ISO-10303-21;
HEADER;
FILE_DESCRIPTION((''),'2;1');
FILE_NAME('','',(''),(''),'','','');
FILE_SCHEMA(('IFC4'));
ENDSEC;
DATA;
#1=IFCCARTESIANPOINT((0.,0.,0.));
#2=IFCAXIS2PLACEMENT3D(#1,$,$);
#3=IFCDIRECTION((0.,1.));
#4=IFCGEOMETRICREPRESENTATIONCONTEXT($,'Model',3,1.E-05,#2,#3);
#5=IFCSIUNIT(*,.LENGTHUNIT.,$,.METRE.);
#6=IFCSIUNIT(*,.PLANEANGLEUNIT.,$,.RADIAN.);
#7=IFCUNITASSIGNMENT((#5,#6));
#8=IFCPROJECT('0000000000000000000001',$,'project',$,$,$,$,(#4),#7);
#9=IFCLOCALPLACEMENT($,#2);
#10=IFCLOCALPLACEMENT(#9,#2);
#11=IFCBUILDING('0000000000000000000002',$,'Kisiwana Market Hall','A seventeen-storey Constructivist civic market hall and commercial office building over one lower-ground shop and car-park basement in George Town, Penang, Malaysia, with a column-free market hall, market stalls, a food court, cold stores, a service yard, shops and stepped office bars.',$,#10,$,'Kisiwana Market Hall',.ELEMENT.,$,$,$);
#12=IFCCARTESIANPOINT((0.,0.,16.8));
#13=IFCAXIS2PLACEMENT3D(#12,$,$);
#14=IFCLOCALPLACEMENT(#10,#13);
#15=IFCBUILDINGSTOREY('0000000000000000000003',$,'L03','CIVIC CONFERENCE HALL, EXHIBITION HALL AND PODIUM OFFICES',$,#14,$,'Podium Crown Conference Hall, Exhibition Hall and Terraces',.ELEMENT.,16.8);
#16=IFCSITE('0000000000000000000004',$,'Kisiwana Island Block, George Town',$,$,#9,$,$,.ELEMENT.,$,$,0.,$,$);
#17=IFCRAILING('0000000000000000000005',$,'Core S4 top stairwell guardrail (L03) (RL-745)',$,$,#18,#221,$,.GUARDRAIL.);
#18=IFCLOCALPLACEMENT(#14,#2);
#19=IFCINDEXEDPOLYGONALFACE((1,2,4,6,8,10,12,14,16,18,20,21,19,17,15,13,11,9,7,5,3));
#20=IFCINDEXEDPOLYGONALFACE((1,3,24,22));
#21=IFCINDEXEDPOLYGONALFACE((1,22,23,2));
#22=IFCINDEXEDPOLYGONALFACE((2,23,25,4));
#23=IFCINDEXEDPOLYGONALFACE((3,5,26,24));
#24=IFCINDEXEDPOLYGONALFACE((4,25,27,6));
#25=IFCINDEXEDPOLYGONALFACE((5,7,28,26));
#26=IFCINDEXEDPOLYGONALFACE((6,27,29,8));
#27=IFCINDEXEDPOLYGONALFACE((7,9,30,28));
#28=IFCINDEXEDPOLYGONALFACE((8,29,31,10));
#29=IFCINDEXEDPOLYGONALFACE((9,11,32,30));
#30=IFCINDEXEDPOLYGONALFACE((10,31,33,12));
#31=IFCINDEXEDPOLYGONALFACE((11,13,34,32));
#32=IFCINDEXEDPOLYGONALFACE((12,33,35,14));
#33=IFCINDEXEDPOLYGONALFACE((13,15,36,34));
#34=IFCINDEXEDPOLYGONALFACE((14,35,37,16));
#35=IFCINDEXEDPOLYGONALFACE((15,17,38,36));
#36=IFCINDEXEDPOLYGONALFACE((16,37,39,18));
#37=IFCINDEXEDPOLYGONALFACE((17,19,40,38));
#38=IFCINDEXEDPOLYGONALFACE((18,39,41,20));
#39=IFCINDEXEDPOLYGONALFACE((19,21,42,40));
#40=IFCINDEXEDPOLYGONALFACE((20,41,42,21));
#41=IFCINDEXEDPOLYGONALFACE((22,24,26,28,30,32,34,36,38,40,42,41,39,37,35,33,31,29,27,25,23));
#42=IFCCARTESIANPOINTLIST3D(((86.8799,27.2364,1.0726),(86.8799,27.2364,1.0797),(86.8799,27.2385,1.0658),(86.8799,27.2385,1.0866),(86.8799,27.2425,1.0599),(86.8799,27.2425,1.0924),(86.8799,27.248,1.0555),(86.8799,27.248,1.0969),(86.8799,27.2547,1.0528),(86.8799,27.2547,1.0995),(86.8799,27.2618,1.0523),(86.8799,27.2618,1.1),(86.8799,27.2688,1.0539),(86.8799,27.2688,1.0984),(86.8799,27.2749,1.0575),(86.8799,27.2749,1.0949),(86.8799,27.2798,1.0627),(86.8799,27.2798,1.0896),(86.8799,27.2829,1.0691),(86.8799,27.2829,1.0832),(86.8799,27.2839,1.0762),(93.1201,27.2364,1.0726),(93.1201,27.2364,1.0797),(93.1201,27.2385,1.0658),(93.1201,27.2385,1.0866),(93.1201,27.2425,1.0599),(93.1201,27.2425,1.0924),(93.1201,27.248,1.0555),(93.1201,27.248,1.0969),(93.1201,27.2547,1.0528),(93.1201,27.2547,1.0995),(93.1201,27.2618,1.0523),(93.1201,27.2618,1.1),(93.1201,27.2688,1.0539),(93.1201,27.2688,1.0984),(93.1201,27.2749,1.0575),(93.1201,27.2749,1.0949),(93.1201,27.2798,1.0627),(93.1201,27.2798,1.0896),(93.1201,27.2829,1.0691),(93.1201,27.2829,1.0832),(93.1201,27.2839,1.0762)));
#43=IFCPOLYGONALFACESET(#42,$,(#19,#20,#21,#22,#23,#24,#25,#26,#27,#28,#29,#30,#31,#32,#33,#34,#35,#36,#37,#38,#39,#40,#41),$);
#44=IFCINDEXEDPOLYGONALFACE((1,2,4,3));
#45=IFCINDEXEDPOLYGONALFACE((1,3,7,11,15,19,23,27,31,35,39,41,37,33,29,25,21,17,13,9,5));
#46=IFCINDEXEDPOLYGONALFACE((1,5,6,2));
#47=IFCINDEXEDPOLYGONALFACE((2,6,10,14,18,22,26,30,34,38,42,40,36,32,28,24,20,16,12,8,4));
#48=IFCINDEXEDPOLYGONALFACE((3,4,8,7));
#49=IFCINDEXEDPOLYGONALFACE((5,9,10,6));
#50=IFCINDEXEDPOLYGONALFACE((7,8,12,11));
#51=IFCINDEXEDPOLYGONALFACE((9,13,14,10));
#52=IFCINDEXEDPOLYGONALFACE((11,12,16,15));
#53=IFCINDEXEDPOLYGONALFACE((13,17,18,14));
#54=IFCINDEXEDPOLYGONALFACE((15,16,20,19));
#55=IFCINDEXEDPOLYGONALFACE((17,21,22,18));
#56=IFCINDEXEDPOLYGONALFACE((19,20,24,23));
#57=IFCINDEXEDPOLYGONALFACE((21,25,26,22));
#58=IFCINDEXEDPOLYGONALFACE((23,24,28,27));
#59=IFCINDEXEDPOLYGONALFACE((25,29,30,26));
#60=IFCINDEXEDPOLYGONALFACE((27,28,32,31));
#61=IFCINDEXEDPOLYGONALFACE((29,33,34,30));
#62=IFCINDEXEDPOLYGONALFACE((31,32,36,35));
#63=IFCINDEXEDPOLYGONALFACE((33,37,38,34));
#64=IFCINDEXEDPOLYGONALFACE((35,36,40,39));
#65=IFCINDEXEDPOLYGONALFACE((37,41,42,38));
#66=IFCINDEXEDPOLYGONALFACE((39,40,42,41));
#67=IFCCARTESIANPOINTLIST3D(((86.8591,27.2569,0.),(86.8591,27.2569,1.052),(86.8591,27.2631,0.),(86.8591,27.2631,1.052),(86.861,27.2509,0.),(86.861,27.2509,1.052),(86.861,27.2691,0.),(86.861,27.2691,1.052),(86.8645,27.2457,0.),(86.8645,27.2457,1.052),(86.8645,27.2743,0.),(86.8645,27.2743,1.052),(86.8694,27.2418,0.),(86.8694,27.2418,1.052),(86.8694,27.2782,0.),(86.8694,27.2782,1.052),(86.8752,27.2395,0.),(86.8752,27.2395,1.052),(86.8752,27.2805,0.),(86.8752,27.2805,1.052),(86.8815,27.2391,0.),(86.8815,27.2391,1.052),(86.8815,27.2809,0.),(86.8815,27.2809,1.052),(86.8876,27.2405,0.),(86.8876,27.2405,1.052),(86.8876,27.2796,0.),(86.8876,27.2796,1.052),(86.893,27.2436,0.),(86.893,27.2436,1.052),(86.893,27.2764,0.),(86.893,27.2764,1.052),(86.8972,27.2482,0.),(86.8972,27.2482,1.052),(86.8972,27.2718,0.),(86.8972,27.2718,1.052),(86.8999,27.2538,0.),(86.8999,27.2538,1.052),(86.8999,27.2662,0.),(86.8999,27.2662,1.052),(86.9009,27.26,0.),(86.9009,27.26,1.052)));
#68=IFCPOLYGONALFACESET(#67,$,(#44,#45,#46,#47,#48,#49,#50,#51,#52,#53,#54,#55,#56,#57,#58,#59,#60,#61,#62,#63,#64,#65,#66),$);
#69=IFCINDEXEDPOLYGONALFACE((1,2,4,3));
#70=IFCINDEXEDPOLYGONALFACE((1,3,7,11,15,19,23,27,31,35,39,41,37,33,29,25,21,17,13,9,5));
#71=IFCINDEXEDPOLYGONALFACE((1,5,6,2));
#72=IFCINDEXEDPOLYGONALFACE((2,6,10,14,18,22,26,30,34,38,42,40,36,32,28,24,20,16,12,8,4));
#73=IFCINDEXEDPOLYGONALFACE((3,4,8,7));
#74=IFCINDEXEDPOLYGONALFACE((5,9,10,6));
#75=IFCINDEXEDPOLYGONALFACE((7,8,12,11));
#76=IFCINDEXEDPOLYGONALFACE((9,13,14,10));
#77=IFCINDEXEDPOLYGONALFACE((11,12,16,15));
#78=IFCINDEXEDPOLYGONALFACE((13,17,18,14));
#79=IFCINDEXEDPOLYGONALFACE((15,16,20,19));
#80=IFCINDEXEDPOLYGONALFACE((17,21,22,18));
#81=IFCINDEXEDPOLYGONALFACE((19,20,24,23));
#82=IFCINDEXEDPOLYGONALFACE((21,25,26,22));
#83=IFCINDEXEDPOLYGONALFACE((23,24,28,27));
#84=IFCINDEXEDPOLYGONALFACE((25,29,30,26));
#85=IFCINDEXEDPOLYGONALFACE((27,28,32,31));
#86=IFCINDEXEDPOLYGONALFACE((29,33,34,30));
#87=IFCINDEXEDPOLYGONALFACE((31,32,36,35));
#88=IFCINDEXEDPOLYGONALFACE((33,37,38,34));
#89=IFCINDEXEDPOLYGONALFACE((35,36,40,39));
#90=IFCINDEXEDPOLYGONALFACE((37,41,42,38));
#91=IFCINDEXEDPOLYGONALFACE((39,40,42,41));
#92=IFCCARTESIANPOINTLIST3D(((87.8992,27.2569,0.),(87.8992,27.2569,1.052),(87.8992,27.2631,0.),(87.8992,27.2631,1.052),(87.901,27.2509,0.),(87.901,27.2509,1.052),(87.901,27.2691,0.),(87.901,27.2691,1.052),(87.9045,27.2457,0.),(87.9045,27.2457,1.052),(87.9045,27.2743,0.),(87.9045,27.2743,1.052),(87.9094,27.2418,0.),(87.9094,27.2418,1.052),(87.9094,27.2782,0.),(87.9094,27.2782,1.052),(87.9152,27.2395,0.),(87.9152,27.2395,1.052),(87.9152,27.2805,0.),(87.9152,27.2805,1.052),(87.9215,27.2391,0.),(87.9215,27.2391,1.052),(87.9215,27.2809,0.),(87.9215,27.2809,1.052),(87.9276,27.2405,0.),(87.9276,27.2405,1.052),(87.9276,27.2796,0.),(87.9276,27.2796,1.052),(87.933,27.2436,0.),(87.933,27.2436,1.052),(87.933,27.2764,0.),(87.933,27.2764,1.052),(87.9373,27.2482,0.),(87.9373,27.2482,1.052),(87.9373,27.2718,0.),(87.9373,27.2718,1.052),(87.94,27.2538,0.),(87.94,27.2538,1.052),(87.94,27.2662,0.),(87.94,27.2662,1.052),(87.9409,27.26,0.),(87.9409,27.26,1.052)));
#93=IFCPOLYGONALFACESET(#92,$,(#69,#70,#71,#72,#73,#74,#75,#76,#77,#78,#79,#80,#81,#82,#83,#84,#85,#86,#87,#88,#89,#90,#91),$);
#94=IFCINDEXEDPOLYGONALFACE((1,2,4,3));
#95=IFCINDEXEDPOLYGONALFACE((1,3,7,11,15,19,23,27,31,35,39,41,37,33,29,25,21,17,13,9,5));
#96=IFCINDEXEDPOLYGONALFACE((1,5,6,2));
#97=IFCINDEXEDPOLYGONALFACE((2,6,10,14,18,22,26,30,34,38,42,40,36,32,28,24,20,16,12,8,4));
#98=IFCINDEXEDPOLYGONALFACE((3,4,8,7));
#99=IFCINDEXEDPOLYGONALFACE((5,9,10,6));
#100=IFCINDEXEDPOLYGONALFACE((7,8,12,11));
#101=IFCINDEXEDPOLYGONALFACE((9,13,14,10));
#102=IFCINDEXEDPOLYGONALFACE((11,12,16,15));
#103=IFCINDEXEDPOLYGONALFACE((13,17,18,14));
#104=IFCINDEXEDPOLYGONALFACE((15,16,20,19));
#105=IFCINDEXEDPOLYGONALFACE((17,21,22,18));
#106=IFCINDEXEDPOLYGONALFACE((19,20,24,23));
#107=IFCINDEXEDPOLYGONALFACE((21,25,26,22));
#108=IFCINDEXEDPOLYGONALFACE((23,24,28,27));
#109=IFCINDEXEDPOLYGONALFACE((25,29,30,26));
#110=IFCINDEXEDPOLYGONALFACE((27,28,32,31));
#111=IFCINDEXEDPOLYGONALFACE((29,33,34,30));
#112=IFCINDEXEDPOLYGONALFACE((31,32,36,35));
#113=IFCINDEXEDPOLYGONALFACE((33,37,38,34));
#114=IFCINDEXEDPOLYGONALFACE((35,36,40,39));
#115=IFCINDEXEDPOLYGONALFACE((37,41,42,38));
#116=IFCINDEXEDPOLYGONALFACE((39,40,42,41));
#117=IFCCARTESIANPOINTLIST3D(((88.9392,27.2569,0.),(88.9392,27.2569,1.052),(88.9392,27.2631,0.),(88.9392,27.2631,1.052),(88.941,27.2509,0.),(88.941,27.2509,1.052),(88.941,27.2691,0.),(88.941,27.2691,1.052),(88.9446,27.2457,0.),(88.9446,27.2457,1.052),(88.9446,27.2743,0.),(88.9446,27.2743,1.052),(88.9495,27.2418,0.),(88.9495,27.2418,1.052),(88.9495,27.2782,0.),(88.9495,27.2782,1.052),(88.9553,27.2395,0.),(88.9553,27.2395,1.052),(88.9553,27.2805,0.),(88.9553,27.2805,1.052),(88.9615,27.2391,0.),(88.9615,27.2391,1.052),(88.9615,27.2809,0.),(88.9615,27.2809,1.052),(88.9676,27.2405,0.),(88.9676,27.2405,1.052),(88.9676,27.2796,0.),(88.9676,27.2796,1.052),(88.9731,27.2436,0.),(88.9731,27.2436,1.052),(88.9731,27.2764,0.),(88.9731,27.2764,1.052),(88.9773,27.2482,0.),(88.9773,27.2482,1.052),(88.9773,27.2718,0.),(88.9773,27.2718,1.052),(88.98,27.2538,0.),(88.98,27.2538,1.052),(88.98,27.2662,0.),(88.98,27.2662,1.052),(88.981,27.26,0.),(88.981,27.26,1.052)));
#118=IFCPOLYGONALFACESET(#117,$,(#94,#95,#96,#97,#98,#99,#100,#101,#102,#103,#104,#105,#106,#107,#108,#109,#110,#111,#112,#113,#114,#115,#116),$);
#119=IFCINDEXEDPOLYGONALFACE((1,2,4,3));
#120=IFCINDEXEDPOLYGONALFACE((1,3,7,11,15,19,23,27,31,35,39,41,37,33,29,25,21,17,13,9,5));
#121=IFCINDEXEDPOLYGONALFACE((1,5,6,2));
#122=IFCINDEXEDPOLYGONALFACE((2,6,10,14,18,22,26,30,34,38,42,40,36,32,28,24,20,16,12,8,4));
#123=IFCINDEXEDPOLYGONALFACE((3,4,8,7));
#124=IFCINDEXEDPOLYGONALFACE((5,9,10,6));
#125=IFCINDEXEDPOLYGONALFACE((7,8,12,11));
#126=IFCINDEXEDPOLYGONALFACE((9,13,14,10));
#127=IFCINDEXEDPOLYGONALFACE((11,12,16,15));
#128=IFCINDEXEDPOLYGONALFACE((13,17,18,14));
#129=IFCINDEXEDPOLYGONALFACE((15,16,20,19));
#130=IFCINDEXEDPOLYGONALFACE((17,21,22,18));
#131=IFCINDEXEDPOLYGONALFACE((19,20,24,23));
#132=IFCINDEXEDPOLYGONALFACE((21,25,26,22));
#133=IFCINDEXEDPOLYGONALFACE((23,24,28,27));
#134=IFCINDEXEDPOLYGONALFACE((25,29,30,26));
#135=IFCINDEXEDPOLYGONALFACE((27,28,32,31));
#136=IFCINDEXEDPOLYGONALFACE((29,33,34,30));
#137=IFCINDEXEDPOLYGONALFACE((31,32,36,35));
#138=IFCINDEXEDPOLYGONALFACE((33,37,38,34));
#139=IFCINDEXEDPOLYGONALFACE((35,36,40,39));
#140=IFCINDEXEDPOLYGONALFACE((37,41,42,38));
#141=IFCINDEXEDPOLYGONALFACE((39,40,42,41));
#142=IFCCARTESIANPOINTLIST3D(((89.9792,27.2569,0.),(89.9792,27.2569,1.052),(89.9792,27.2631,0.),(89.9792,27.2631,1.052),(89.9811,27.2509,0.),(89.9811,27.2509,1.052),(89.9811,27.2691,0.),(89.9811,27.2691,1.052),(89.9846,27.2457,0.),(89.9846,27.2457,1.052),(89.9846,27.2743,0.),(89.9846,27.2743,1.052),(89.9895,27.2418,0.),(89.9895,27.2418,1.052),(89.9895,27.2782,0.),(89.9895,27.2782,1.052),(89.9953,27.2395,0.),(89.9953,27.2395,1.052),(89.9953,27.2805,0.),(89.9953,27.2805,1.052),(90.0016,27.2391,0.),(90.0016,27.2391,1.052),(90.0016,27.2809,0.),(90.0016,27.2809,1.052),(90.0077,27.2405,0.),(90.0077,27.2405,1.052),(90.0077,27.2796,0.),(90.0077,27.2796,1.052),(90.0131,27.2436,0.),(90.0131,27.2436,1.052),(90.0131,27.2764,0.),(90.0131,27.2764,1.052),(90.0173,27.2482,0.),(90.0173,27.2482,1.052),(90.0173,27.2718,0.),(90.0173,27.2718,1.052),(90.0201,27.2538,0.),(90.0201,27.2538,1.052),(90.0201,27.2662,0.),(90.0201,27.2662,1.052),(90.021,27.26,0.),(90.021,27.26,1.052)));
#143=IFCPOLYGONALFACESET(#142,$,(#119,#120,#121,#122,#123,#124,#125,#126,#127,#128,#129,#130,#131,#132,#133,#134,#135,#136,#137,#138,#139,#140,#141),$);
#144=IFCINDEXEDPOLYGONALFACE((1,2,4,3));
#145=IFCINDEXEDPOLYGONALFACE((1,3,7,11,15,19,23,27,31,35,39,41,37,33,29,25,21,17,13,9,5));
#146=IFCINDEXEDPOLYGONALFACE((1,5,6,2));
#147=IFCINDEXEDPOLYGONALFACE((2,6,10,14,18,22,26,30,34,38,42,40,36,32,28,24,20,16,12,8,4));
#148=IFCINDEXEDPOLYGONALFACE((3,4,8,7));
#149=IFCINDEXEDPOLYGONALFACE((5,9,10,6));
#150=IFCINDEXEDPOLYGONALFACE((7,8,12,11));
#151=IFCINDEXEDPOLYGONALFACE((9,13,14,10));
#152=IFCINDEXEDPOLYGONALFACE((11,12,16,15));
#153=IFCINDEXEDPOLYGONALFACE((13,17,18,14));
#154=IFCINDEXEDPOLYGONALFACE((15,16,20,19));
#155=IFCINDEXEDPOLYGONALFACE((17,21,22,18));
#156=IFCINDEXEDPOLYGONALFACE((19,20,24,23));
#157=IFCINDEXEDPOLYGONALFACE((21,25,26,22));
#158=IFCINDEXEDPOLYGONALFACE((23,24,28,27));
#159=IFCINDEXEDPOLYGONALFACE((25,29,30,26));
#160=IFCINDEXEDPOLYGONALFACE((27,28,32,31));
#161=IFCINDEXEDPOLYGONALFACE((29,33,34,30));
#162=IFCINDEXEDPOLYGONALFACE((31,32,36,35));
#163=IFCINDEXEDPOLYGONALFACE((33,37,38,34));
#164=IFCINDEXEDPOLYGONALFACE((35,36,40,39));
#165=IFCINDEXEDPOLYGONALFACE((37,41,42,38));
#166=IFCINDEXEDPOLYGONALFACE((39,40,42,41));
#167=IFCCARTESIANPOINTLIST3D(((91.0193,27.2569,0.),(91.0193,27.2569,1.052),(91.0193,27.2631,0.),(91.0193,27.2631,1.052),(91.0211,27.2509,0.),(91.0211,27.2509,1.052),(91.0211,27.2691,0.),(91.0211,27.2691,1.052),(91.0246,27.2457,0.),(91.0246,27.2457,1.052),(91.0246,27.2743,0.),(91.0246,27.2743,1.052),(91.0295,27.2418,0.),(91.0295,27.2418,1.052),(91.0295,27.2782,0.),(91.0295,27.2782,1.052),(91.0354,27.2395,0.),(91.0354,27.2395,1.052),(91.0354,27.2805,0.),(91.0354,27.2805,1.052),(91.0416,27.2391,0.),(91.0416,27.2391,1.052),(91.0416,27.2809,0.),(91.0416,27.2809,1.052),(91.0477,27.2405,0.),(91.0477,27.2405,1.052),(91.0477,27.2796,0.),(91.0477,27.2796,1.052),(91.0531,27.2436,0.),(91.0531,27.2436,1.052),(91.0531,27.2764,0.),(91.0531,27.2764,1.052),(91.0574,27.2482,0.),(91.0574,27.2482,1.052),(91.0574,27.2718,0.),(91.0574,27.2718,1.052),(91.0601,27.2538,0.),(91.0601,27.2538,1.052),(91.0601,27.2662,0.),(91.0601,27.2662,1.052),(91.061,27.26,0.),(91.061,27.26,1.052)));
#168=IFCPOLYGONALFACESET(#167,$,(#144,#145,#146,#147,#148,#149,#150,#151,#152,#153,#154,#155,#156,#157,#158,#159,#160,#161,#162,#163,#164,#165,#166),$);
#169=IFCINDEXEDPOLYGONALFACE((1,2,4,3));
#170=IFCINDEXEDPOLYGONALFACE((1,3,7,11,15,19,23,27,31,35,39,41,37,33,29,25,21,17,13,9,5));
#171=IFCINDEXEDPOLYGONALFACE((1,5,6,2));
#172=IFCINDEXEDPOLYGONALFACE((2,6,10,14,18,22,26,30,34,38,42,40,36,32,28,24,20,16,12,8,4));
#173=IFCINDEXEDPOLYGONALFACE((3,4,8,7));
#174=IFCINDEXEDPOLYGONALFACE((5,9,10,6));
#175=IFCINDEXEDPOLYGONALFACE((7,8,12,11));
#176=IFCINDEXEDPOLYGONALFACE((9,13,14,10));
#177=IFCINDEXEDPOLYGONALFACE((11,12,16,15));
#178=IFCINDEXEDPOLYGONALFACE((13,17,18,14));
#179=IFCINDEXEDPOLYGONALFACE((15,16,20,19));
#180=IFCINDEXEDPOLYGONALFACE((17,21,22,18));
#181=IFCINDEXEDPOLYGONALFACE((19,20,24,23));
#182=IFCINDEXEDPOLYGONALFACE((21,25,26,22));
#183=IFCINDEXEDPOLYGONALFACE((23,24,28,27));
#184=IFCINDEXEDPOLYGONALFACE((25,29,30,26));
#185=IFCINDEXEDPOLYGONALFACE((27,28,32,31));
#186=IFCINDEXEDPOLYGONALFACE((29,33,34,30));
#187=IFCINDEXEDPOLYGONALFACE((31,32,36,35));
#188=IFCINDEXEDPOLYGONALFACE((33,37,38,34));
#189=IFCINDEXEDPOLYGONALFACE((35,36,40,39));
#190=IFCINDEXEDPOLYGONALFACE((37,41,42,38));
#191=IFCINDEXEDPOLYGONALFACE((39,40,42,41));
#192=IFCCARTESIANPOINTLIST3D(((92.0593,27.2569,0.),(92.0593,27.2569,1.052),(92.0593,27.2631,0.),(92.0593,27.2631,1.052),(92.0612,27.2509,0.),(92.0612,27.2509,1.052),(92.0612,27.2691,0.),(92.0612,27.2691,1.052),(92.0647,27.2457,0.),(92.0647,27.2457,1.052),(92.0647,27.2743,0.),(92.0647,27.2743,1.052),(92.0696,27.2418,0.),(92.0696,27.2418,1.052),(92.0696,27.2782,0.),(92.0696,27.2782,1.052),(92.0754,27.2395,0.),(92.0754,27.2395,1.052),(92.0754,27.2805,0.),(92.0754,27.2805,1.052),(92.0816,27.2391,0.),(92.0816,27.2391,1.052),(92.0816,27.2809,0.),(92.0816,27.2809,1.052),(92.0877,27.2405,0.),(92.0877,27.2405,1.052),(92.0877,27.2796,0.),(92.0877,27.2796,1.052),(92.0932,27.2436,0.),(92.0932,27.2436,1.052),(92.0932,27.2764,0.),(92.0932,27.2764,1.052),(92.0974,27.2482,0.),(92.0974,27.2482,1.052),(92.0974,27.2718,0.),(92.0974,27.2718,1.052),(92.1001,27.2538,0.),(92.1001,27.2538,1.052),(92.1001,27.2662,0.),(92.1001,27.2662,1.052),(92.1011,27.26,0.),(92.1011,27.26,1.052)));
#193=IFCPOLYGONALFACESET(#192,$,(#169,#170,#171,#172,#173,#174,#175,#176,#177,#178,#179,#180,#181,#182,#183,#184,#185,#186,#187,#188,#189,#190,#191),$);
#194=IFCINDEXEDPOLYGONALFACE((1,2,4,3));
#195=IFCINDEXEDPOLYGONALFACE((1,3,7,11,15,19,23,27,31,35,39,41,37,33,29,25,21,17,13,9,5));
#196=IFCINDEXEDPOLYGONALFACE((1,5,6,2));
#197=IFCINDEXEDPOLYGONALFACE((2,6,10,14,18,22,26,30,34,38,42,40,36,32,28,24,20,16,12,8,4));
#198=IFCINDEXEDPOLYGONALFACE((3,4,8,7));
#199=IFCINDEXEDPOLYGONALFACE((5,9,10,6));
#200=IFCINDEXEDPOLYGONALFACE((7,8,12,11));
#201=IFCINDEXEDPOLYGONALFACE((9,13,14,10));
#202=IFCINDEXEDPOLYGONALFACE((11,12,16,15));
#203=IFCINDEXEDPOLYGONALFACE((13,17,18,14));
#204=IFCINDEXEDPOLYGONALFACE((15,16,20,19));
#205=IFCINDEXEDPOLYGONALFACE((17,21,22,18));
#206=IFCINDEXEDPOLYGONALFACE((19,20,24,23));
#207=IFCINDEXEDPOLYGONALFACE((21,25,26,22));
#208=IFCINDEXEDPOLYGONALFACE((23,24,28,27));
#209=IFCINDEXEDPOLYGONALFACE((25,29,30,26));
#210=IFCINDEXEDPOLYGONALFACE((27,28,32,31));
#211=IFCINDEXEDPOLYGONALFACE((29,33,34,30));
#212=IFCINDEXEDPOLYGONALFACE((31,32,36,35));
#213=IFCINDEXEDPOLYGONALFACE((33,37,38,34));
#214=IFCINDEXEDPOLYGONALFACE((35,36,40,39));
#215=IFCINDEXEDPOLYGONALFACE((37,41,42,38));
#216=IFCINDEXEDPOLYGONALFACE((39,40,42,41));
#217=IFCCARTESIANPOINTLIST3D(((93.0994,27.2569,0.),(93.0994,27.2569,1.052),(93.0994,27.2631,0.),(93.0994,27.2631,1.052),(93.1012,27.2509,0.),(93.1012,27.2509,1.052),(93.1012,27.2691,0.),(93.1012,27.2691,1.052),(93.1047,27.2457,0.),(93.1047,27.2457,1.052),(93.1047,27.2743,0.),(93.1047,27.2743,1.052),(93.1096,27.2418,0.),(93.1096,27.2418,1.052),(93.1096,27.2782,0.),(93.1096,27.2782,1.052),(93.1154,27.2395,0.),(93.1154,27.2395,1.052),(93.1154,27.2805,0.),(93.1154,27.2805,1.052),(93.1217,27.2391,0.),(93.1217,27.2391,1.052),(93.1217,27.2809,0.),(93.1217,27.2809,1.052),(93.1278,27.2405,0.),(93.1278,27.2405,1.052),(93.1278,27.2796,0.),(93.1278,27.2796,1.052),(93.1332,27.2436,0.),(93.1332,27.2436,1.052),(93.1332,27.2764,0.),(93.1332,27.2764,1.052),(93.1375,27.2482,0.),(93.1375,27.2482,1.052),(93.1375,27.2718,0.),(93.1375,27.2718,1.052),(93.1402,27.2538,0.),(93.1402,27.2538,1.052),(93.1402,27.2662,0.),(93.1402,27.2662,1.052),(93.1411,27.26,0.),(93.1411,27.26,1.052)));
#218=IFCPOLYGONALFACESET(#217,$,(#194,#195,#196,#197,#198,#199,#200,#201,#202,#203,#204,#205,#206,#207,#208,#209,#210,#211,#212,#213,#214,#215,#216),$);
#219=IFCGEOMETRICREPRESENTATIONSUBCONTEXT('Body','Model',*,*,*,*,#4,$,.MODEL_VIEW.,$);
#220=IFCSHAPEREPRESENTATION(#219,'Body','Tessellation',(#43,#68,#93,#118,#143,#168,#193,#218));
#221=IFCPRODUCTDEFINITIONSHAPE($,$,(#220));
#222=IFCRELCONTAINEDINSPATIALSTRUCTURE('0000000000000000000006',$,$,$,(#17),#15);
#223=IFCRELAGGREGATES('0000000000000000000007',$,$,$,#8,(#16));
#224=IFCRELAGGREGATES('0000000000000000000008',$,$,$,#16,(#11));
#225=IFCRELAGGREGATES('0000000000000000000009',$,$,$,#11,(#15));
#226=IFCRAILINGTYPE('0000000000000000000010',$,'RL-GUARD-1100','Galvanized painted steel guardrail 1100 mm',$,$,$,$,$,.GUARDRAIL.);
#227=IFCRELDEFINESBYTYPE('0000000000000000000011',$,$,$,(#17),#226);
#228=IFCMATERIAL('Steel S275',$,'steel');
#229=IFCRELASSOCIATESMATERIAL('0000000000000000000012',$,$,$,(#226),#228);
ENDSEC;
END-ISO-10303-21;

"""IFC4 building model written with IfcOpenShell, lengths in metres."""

from ifc_helpers import new_model, si_unit, direction, frame, origin, origin_2d, place, context, subcontext, project, spatial, circle, extrude, material, type_object, element, save


model = new_model("IFC4")

# Units and contexts
model_context = context("Model", 3, precision=1e-05, world=origin(), true_north=direction((0.0, 1.0)))
body_context = subcontext(model_context, "Body", "Model", "MODEL_VIEW")
ifc_project = project(units=[si_unit("LENGTHUNIT", "METRE"), si_unit("PLANEANGLEUNIT", "RADIAN")], contexts=[model_context])

# Site, building, storey
site_placement = place(None, origin())
site = spatial("IfcSite", under=ifc_project, at=site_placement, Name="Kisiwana Island Block, George Town", CompositionType="ELEMENT", RefElevation=0.0)
building_placement = place(site_placement, origin())
building = spatial("IfcBuilding", under=site, at=building_placement, Name="Kisiwana Market Hall", Description="A seventeen-storey Constructivist civic market hall and commercial office building over one lower-ground shop and car-park basement in George Town, Penang, Malaysia, with a column-free market hall, market stalls, a food court, cold stores, a service yard, shops and stepped office bars.", LongName="Kisiwana Market Hall", CompositionType="ELEMENT")
storey_placement = place(building_placement, frame((0.0, 0.0, 16.8)))
storey = spatial("IfcBuildingStorey", under=building, at=storey_placement, Name="L03", Description="CIVIC CONFERENCE HALL, EXHIBITION HALL AND PODIUM OFFICES", LongName="Podium Crown Conference Hall, Exhibition Hall and Terraces", CompositionType="ELEMENT", Elevation=16.8)

# Railing
ifc_material_1 = material(Name="Steel S275", Category="steel")
railing_type = type_object("IfcRailingType", Name="RL-GUARD-1100", Description="Galvanized painted steel guardrail 1100 mm", PredefinedType="GUARDRAIL", material=ifc_material_1)
railing_1_placement = place(storey_placement, frame((86.8799, 27.26, 0.0)))
element("IfcRailing", 1, at=railing_1_placement, inside=storey, type_object=railing_type, Name="Core S4 top stairwell guardrail (L03) (RL-745)", PredefinedType="GUARDRAIL", context=body_context, shape_type="SweptSolid", body=[
    extrude(circle(Radius=0.0239, at=origin_2d()), frame((0.0, 0.0, 1.0762), z_axis=(1.0, 0.0, 0.0), x_axis=(0.0, 1.0, 0.0)), (0.0, 0.0, 1.0), 6.2402),
    extrude(circle(Radius=0.021, at=origin_2d()), origin(), (0.0, 0.0, 1.0), 1.052),
    extrude(circle(Radius=0.021, at=origin_2d()), frame((1.04, 0.0, 0.0)), (0.0, 0.0, 1.0), 1.052),
    extrude(circle(Radius=0.021, at=origin_2d()), frame((2.0801, 0.0, 0.0)), (0.0, 0.0, 1.0), 1.052),
    extrude(circle(Radius=0.021, at=origin_2d()), frame((3.1201, 0.0, 0.0)), (0.0, 0.0, 1.0), 1.052),
    extrude(circle(Radius=0.021, at=origin_2d()), frame((4.1602, 0.0, 0.0)), (0.0, 0.0, 1.0), 1.052),
    extrude(circle(Radius=0.021, at=origin_2d()), frame((5.2002, 0.0, 0.0)), (0.0, 0.0, 1.0), 1.052),
    extrude(circle(Radius=0.021, at=origin_2d()), frame((6.2402, 0.0, 0.0)), (0.0, 0.0, 1.0), 1.052),
])

save(model, "model.ifc")
